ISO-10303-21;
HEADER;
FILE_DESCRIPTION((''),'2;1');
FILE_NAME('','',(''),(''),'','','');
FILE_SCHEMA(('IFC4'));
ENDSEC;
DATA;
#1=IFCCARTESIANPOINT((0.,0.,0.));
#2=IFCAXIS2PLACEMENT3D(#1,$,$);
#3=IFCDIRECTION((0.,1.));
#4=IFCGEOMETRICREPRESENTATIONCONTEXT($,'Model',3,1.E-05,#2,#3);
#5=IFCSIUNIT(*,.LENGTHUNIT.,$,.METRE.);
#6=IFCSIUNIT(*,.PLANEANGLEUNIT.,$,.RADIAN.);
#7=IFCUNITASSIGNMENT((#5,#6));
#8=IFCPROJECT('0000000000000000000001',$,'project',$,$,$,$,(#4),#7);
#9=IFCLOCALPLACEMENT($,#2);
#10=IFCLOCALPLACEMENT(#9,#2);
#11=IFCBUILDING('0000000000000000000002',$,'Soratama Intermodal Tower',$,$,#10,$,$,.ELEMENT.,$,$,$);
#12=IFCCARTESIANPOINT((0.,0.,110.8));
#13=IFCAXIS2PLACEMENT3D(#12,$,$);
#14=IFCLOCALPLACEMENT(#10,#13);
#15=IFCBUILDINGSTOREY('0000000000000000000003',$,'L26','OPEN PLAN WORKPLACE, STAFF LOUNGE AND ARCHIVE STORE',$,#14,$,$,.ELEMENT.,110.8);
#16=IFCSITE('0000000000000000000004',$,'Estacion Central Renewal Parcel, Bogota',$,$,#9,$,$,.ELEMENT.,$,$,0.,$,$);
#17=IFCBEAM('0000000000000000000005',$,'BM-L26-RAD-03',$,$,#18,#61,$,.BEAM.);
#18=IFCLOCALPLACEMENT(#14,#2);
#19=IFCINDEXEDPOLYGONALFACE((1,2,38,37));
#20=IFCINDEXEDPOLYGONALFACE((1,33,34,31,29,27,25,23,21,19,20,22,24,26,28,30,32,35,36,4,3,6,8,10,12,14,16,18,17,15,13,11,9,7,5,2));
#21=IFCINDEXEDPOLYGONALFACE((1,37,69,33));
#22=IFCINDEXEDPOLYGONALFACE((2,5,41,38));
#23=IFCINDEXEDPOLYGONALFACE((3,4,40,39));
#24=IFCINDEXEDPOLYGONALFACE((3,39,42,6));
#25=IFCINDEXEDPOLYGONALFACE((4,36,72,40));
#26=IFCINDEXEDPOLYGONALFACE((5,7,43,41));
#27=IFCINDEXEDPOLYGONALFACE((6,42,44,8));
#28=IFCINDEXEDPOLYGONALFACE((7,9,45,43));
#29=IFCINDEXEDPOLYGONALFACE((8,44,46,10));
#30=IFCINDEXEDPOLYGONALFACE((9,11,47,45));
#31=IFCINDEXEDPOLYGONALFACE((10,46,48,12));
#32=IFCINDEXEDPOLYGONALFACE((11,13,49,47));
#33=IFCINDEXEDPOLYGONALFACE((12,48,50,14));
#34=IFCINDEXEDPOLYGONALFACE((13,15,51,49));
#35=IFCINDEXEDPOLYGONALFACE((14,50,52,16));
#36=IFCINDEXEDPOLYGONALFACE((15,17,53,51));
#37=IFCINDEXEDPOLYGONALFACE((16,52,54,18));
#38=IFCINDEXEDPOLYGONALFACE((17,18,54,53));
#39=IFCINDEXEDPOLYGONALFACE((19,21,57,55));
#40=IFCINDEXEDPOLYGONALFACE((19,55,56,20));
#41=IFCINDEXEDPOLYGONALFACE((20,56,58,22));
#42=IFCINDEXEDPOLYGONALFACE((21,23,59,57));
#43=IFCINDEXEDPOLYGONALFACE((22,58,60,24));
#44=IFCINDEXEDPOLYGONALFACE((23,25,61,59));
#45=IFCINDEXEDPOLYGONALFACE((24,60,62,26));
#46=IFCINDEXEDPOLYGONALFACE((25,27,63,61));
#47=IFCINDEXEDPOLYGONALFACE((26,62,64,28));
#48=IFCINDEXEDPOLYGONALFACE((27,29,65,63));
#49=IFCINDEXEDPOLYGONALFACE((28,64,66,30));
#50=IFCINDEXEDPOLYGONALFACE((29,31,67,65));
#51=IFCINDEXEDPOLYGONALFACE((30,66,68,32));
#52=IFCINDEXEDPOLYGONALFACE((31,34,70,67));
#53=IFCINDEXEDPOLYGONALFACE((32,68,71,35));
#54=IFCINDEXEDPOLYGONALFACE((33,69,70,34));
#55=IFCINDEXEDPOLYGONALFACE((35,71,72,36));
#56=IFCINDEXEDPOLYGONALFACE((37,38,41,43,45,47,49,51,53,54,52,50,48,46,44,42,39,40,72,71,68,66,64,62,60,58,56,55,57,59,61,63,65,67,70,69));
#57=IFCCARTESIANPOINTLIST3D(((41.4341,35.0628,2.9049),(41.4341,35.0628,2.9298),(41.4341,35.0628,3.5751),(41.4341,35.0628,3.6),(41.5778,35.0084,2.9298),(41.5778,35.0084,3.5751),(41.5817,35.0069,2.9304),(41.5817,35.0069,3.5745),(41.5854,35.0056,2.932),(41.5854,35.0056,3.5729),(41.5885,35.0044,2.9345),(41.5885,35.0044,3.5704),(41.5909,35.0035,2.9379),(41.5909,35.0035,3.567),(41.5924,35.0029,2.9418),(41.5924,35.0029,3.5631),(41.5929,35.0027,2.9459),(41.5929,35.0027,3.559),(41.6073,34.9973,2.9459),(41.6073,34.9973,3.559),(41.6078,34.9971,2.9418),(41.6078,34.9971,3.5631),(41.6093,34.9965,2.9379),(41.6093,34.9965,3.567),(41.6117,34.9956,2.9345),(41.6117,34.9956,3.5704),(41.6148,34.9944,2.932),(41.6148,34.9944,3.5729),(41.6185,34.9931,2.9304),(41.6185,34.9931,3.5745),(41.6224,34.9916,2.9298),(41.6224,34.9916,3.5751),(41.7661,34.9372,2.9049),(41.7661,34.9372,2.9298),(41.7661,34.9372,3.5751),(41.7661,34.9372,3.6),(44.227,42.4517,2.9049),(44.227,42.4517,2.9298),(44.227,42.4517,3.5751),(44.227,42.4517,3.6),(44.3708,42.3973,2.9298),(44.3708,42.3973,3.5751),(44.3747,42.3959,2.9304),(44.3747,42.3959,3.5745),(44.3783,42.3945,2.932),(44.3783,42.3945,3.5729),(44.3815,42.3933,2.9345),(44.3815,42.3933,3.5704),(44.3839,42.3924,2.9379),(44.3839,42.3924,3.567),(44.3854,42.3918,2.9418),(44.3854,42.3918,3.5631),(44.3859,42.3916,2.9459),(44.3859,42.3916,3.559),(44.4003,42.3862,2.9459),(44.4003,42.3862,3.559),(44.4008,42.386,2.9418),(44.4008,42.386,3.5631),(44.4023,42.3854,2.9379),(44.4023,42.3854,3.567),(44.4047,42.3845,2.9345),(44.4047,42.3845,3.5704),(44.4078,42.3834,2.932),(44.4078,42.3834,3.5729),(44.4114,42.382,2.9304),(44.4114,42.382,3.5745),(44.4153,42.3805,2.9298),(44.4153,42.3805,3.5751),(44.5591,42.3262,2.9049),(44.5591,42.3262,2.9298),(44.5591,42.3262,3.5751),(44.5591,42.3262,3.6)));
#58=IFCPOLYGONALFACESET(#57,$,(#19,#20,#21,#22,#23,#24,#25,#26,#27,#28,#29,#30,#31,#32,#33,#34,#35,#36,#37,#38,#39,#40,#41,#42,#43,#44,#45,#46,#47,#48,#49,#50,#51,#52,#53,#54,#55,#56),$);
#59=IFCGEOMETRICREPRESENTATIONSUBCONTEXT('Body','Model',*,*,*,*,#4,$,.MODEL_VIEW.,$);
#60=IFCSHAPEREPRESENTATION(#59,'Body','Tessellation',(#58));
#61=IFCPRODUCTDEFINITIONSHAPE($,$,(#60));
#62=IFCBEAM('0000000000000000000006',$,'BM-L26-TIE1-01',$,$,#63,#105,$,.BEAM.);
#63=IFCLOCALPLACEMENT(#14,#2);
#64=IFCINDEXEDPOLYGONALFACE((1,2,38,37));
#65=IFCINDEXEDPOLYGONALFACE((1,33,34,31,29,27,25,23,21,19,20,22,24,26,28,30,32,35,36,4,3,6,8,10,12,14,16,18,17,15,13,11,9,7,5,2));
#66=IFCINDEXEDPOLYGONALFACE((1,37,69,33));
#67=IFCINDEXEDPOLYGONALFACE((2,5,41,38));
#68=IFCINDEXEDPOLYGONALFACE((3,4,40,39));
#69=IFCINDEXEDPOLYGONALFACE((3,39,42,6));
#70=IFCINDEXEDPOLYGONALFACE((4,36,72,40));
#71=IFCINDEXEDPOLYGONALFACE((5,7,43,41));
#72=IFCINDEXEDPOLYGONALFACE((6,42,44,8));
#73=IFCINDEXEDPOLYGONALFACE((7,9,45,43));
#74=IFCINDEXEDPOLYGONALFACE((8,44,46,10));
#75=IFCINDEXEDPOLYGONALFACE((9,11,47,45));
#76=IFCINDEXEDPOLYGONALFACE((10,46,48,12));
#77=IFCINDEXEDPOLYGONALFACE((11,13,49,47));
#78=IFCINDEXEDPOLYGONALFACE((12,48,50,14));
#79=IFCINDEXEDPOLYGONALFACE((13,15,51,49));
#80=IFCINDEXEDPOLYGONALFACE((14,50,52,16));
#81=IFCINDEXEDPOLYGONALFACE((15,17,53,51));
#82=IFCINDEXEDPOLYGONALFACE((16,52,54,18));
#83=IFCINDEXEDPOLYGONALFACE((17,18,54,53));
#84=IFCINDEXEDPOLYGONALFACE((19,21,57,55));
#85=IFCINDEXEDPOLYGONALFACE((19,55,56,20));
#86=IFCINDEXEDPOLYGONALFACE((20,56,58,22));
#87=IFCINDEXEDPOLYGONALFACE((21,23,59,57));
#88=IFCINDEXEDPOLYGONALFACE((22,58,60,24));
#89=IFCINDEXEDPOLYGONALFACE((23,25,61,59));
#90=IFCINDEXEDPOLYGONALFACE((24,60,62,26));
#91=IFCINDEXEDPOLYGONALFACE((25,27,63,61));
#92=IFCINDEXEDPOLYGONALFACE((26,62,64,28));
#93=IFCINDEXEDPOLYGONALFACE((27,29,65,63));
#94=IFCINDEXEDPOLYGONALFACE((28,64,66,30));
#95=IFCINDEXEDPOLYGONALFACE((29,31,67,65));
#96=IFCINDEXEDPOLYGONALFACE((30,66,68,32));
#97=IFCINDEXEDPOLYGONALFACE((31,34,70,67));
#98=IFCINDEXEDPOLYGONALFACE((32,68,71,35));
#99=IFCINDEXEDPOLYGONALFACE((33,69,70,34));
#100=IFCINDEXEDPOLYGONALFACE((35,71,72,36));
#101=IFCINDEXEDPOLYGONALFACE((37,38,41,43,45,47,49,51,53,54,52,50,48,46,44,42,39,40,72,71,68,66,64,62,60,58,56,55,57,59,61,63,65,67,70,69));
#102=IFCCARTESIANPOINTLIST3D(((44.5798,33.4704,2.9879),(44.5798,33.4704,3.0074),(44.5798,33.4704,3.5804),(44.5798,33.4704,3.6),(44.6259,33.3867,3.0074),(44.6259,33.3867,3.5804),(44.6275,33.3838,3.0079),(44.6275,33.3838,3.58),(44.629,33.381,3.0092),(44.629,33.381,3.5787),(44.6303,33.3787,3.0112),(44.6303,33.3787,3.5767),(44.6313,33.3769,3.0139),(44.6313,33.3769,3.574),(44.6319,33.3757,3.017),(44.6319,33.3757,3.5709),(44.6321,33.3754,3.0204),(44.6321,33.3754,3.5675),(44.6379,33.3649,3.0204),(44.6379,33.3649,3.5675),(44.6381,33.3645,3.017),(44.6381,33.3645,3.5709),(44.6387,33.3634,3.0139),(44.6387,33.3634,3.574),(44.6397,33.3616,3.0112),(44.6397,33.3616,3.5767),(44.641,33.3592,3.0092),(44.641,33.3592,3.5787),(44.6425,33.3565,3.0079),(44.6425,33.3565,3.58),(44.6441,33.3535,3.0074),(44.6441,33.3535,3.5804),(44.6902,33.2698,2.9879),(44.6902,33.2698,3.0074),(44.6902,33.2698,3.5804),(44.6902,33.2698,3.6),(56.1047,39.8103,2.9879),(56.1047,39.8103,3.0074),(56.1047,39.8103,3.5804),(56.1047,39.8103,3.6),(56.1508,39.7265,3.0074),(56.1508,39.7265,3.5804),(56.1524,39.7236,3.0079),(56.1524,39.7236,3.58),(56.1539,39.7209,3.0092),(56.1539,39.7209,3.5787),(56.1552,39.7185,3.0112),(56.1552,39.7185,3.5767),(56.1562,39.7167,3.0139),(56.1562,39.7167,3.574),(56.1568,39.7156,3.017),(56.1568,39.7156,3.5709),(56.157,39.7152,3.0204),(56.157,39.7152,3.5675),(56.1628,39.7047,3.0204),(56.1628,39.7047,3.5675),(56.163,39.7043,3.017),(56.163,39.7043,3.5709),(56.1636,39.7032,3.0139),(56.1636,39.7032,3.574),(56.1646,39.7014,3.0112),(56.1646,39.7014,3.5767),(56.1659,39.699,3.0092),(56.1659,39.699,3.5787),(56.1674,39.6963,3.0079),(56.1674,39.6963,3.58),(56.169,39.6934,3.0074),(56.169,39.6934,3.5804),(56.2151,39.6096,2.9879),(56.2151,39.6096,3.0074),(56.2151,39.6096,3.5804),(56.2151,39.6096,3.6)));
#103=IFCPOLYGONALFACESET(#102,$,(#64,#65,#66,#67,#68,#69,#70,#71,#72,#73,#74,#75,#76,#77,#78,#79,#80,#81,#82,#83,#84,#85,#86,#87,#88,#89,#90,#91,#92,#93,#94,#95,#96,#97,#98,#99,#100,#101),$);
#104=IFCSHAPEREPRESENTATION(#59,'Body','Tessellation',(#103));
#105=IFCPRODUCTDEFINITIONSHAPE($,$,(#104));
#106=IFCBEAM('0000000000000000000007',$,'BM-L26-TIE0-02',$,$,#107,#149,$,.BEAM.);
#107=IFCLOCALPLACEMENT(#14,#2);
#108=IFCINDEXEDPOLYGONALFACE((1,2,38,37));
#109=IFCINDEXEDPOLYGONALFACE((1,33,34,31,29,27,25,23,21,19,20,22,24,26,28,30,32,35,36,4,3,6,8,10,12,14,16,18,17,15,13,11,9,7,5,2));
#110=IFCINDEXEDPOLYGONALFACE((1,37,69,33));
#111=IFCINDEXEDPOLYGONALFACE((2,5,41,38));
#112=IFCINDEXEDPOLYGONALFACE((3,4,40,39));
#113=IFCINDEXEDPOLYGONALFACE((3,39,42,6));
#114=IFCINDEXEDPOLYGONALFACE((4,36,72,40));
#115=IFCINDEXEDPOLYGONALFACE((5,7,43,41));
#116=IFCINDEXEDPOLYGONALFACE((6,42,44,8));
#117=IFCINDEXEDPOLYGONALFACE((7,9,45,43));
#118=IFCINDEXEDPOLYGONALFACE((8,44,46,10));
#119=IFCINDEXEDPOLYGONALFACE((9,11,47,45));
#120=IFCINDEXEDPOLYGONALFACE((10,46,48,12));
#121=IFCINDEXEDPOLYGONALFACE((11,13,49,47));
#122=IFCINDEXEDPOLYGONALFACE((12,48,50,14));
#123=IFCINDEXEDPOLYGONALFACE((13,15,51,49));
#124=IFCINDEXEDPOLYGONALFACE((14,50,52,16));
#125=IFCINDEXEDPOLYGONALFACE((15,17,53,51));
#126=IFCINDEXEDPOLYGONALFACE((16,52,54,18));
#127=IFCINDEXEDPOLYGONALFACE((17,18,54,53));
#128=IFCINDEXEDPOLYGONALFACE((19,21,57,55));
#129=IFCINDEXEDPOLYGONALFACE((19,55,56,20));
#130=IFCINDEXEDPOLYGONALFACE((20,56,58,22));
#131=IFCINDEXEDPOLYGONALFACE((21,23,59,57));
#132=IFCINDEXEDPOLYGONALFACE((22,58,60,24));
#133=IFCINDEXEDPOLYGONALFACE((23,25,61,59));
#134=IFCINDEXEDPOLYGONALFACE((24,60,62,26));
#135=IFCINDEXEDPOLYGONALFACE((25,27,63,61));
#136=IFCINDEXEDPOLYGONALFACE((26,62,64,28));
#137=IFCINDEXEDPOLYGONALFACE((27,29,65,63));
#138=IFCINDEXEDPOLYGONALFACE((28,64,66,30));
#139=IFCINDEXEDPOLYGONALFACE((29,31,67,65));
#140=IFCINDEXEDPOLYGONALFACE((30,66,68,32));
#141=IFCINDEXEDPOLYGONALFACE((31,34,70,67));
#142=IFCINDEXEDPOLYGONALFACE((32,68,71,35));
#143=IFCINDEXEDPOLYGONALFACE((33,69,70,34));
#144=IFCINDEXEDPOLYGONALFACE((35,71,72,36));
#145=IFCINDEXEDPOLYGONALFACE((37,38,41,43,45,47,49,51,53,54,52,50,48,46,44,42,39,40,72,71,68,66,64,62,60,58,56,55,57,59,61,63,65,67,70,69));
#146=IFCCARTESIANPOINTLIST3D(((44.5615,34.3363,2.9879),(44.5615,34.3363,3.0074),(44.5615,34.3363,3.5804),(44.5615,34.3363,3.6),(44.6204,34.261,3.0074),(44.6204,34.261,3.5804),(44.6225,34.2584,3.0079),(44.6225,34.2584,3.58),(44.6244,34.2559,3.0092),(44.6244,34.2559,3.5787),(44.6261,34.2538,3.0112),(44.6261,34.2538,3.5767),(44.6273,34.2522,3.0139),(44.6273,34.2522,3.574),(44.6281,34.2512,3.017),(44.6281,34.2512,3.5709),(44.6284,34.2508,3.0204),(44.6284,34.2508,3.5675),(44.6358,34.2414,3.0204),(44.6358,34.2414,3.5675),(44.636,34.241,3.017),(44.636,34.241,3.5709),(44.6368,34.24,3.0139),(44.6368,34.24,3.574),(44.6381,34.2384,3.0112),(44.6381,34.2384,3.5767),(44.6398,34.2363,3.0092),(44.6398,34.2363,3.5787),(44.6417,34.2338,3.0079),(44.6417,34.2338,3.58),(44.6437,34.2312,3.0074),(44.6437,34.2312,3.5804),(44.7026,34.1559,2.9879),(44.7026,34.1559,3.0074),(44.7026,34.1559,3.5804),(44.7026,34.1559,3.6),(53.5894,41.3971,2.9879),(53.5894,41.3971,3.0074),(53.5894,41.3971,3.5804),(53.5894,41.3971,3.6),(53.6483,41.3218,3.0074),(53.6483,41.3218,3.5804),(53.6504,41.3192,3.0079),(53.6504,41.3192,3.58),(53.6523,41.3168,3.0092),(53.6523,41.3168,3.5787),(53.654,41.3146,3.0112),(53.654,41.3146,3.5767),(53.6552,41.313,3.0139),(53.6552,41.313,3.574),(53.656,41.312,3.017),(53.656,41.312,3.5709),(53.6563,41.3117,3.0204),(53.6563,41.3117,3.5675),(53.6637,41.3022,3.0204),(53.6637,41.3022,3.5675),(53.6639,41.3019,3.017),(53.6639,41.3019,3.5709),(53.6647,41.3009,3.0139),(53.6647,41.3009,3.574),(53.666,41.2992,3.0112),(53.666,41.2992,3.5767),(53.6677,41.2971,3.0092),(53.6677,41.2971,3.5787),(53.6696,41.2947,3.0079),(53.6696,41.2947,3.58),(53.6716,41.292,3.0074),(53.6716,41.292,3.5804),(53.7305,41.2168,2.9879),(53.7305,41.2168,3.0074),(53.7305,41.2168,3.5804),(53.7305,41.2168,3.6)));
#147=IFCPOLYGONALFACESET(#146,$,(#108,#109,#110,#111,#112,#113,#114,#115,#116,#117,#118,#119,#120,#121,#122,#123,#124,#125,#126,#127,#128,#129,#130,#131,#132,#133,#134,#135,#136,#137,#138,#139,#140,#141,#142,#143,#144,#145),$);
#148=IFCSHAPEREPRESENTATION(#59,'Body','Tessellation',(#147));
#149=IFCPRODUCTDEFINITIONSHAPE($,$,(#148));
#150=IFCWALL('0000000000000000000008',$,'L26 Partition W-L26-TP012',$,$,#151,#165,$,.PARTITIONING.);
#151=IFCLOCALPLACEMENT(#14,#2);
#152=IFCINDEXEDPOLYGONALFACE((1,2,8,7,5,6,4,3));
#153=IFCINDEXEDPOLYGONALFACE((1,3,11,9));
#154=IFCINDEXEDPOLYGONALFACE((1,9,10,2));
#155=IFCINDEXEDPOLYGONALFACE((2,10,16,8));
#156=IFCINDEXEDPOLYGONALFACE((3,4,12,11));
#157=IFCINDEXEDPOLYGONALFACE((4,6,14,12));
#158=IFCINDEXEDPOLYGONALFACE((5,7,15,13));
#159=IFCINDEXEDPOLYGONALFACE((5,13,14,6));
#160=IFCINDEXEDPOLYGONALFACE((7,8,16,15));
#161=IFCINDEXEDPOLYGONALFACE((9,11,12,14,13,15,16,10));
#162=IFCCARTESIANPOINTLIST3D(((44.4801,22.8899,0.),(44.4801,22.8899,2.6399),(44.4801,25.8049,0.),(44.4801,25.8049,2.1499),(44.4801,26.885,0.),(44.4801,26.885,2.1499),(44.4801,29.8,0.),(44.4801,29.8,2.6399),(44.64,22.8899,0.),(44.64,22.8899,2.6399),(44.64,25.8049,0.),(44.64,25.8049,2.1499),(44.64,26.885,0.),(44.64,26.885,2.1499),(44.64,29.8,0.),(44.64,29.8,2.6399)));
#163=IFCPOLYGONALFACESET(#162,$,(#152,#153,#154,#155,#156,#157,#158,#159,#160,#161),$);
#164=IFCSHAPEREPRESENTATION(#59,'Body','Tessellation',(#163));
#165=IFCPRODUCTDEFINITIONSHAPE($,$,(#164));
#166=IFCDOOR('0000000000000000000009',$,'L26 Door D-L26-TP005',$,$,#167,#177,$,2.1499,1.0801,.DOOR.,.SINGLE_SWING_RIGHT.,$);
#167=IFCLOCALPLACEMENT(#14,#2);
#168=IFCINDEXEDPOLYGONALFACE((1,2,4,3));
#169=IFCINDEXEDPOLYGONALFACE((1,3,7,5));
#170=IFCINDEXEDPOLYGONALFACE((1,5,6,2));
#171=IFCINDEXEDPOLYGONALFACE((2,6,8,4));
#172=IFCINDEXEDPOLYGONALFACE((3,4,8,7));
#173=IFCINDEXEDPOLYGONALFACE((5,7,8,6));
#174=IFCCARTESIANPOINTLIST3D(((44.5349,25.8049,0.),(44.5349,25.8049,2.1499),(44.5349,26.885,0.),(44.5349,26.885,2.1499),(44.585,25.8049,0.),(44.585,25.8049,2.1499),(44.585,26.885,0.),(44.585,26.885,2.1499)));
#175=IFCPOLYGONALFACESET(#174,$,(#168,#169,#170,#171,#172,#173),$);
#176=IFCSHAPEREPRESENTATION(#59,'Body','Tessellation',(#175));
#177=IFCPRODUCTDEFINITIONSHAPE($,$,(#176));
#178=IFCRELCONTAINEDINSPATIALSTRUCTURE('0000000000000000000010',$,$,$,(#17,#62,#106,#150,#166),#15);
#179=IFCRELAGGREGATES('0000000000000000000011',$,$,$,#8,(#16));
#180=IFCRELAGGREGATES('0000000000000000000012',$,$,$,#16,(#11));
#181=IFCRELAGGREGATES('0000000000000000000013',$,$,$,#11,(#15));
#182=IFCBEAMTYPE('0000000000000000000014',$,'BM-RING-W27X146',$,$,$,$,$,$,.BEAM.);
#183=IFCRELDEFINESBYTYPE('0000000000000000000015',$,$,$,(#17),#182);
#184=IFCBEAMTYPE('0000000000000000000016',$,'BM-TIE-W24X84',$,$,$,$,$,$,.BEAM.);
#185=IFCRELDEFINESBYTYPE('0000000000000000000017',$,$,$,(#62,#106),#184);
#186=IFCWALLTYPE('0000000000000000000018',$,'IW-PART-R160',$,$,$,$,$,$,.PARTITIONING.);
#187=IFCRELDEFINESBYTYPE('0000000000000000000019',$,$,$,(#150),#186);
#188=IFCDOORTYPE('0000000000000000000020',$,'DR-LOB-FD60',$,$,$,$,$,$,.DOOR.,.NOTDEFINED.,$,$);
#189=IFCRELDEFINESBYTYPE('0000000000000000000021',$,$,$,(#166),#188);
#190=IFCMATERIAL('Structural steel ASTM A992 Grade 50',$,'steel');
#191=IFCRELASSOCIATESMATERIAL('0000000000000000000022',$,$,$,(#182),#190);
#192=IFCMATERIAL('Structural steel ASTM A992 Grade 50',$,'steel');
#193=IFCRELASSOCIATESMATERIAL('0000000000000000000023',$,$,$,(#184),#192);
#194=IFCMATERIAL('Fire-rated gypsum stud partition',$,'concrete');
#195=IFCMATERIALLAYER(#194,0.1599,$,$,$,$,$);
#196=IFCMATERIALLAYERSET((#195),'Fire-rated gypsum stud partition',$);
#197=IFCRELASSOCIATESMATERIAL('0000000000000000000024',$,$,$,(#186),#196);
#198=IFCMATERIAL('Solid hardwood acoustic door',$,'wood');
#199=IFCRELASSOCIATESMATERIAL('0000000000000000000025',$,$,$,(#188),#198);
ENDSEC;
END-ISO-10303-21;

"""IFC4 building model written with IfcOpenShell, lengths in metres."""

from ifc_helpers import new_model, si_unit, direction, frame, frame_2d, origin, origin_2d, place, context, subcontext, project, spatial, rectangle, i_section, extrude, material, layer, layer_set, material_profile, profile_set, type_object, element, fill, save


model = new_model("IFC4")

# Units and contexts
model_context = context("Model", 3, precision=1e-05, world=origin(), true_north=direction((0.0, 1.0)))
body_context = subcontext(model_context, "Body", "Model", "MODEL_VIEW")
ifc_project = project(units=[si_unit("LENGTHUNIT", "METRE"), si_unit("PLANEANGLEUNIT", "RADIAN")], contexts=[model_context])

# Site, building, storey
site_placement = place(None, origin())
site = spatial("IfcSite", under=ifc_project, at=site_placement, Name="Estacion Central Renewal Parcel, Bogota", CompositionType="ELEMENT", RefElevation=0.0)
building_placement = place(site_placement, origin())
building = spatial("IfcBuilding", under=site, at=building_placement, Name="Soratama Intermodal Tower", CompositionType="ELEMENT")
storey_placement = place(building_placement, frame((0.0, 0.0, 110.8)))
storey = spatial("IfcBuildingStorey", under=building, at=storey_placement, Name="L26", Description="OPEN PLAN WORKPLACE, STAFF LOUNGE AND ARCHIVE STORE", CompositionType="ELEMENT", Elevation=110.8)

# Beams
ifc_material_1 = material(Name="Structural steel ASTM A992 Grade 50", Category="steel")
ifc_material_profile_1 = material_profile(ifc_material_1, i_section(OverallWidth=0.355, OverallDepth=0.6951, WebThickness=0.0154, FlangeThickness=0.0249, FilletRadius=0.0161, at=origin_2d()), Name="W27X146")
ifc_profile_set_1 = profile_set([ifc_material_profile_1], Name="Structural steel ASTM A992 Grade 50")
beam_type_1 = type_object("IfcBeamType", Name="BM-RING-W27X146", PredefinedType="BEAM", material=ifc_profile_set_1)
beam_1_placement = place(storey_placement, frame((41.6001, 35.0, 3.2524), z_axis=(0.353578, 0.935405, 0.0), x_axis=(-0.935405, 0.353578, 0.0)))
element("IfcBeam", 1, at=beam_1_placement, inside=storey, type_object=beam_type_1, Name="BM-L26-RAD-03", PredefinedType="BEAM", context=body_context, shape_type="SweptSolid", body=[
    extrude(i_section(OverallWidth=0.355, OverallDepth=0.6951, WebThickness=0.0154, FlangeThickness=0.0249, FilletRadius=0.0161, at=origin_2d()), origin(), (0.0, 0.0, 1.0), 7.8992),
])
ifc_material_2 = material(Name="Structural steel ASTM A992 Grade 50", Category="steel")
ifc_material_profile_2 = material_profile(ifc_material_2, i_section(OverallWidth=0.229, OverallDepth=0.6121, WebThickness=0.012, FlangeThickness=0.0195, FilletRadius=0.0129, at=origin_2d()), Name="W24X84")
ifc_profile_set_2 = profile_set([ifc_material_profile_2], Name="Structural steel ASTM A992 Grade 50")
beam_type_2 = type_object("IfcBeamType", Name="BM-TIE-W24X84", PredefinedType="BEAM", material=ifc_profile_set_2)
beam_2_placement = place(storey_placement, frame((44.635, 33.3701, 3.2939), z_axis=(0.876179, 0.481986, 0.0), x_axis=(-0.481986, 0.876179, 0.0)))
element("IfcBeam", 2, at=beam_2_placement, inside=storey, type_object=beam_type_2, Name="BM-L26-TIE1-01", PredefinedType="BEAM", context=body_context, shape_type="SweptSolid", body=[
    extrude(i_section(OverallWidth=0.229, OverallDepth=0.6121, WebThickness=0.012, FlangeThickness=0.0195, FilletRadius=0.0129, at=origin_2d()), origin(), (0.0, 0.0, 1.0), 13.1536),
])
beam_3_placement = place(storey_placement, frame((44.6321, 34.2461, 3.2939), z_axis=(0.787694, 0.616066, 0.0), x_axis=(-0.616066, 0.787694, 0.0)))
element("IfcBeam", 3, at=beam_3_placement, inside=storey, type_object=beam_type_2, Name="BM-L26-TIE0-02", PredefinedType="BEAM", context=body_context, shape_type="SweptSolid", body=[
    extrude(i_section(OverallWidth=0.229, OverallDepth=0.6121, WebThickness=0.012, FlangeThickness=0.0195, FilletRadius=0.0129, at=origin_2d()), origin(), (0.0, 0.0, 1.0), 11.4612),
])

# Wall, opening, door
ifc_material_3 = material(Name="Fire-rated gypsum stud partition", Category="concrete")
ifc_layer_1 = layer(ifc_material_3, 0.1599)
ifc_layer_set_1 = layer_set([ifc_layer_1], Name="Fire-rated gypsum stud partition")
wall_type_1 = type_object("IfcWallType", Name="IW-PART-R160", PredefinedType="PARTITIONING", material=ifc_layer_set_1)
wall_1_placement = place(storey_placement, frame((44.5601, 29.8, 0.0), z_axis=(0.0, 0.0, 1.0), x_axis=(0.0, -1.0, 0.0)))
wall_1 = element("IfcWall", 4, at=wall_1_placement, inside=storey, type_object=wall_type_1, Name="L26 Partition W-L26-TP012", PredefinedType="PARTITIONING", context=body_context, shape_type="SweptSolid", body=[
    extrude(rectangle(XDim=6.9102, YDim=0.1599, at=frame_2d((3.4551, 0.0))), origin(), (0.0, 0.0, 1.0), 2.6399),
])
opening_1_placement = place(wall_1_placement, frame((2.915, 0.0, 0.0)))
opening_1 = element("IfcOpeningElement", 5, at=opening_1_placement, cuts=wall_1, PredefinedType="OPENING", context=body_context, shape_type="SweptSolid", body=[
    extrude(rectangle(XDim=1.0801, YDim=2.1499, at=frame_2d((0.54, 1.075))), frame((0.0, 0.0898, 0.0), z_axis=(0.0, -1.0, 0.0), x_axis=(1.0, 0.0, 0.0)), (0.0, 0.0, 1.0), 0.1799),
])
ifc_material_4 = material(Name="Solid hardwood acoustic door", Category="wood")
door_type_1 = type_object("IfcDoorType", Name="DR-LOB-FD60", OperationType="NOTDEFINED", PredefinedType="DOOR", material=ifc_material_4)
door_1_placement = place(opening_1_placement, origin())
door_1 = element("IfcDoor", 6, at=door_1_placement, inside=storey, type_object=door_type_1, Name="L26 Door D-L26-TP005", OperationType="SINGLE_SWING_RIGHT", OverallHeight=2.1499, OverallWidth=1.0801, PredefinedType="DOOR", context=body_context, shape_type="SweptSolid", body=[
    extrude(rectangle(XDim=1.0801, YDim=2.1499, at=frame_2d((0.54, 1.075))), frame((0.0, 0.0249, 0.0), z_axis=(0.0, -1.0, 0.0), x_axis=(1.0, 0.0, 0.0)), (0.0, 0.0, 1.0), 0.05),
])
fill(opening_1, door_1)

save(model, "model.ifc")
